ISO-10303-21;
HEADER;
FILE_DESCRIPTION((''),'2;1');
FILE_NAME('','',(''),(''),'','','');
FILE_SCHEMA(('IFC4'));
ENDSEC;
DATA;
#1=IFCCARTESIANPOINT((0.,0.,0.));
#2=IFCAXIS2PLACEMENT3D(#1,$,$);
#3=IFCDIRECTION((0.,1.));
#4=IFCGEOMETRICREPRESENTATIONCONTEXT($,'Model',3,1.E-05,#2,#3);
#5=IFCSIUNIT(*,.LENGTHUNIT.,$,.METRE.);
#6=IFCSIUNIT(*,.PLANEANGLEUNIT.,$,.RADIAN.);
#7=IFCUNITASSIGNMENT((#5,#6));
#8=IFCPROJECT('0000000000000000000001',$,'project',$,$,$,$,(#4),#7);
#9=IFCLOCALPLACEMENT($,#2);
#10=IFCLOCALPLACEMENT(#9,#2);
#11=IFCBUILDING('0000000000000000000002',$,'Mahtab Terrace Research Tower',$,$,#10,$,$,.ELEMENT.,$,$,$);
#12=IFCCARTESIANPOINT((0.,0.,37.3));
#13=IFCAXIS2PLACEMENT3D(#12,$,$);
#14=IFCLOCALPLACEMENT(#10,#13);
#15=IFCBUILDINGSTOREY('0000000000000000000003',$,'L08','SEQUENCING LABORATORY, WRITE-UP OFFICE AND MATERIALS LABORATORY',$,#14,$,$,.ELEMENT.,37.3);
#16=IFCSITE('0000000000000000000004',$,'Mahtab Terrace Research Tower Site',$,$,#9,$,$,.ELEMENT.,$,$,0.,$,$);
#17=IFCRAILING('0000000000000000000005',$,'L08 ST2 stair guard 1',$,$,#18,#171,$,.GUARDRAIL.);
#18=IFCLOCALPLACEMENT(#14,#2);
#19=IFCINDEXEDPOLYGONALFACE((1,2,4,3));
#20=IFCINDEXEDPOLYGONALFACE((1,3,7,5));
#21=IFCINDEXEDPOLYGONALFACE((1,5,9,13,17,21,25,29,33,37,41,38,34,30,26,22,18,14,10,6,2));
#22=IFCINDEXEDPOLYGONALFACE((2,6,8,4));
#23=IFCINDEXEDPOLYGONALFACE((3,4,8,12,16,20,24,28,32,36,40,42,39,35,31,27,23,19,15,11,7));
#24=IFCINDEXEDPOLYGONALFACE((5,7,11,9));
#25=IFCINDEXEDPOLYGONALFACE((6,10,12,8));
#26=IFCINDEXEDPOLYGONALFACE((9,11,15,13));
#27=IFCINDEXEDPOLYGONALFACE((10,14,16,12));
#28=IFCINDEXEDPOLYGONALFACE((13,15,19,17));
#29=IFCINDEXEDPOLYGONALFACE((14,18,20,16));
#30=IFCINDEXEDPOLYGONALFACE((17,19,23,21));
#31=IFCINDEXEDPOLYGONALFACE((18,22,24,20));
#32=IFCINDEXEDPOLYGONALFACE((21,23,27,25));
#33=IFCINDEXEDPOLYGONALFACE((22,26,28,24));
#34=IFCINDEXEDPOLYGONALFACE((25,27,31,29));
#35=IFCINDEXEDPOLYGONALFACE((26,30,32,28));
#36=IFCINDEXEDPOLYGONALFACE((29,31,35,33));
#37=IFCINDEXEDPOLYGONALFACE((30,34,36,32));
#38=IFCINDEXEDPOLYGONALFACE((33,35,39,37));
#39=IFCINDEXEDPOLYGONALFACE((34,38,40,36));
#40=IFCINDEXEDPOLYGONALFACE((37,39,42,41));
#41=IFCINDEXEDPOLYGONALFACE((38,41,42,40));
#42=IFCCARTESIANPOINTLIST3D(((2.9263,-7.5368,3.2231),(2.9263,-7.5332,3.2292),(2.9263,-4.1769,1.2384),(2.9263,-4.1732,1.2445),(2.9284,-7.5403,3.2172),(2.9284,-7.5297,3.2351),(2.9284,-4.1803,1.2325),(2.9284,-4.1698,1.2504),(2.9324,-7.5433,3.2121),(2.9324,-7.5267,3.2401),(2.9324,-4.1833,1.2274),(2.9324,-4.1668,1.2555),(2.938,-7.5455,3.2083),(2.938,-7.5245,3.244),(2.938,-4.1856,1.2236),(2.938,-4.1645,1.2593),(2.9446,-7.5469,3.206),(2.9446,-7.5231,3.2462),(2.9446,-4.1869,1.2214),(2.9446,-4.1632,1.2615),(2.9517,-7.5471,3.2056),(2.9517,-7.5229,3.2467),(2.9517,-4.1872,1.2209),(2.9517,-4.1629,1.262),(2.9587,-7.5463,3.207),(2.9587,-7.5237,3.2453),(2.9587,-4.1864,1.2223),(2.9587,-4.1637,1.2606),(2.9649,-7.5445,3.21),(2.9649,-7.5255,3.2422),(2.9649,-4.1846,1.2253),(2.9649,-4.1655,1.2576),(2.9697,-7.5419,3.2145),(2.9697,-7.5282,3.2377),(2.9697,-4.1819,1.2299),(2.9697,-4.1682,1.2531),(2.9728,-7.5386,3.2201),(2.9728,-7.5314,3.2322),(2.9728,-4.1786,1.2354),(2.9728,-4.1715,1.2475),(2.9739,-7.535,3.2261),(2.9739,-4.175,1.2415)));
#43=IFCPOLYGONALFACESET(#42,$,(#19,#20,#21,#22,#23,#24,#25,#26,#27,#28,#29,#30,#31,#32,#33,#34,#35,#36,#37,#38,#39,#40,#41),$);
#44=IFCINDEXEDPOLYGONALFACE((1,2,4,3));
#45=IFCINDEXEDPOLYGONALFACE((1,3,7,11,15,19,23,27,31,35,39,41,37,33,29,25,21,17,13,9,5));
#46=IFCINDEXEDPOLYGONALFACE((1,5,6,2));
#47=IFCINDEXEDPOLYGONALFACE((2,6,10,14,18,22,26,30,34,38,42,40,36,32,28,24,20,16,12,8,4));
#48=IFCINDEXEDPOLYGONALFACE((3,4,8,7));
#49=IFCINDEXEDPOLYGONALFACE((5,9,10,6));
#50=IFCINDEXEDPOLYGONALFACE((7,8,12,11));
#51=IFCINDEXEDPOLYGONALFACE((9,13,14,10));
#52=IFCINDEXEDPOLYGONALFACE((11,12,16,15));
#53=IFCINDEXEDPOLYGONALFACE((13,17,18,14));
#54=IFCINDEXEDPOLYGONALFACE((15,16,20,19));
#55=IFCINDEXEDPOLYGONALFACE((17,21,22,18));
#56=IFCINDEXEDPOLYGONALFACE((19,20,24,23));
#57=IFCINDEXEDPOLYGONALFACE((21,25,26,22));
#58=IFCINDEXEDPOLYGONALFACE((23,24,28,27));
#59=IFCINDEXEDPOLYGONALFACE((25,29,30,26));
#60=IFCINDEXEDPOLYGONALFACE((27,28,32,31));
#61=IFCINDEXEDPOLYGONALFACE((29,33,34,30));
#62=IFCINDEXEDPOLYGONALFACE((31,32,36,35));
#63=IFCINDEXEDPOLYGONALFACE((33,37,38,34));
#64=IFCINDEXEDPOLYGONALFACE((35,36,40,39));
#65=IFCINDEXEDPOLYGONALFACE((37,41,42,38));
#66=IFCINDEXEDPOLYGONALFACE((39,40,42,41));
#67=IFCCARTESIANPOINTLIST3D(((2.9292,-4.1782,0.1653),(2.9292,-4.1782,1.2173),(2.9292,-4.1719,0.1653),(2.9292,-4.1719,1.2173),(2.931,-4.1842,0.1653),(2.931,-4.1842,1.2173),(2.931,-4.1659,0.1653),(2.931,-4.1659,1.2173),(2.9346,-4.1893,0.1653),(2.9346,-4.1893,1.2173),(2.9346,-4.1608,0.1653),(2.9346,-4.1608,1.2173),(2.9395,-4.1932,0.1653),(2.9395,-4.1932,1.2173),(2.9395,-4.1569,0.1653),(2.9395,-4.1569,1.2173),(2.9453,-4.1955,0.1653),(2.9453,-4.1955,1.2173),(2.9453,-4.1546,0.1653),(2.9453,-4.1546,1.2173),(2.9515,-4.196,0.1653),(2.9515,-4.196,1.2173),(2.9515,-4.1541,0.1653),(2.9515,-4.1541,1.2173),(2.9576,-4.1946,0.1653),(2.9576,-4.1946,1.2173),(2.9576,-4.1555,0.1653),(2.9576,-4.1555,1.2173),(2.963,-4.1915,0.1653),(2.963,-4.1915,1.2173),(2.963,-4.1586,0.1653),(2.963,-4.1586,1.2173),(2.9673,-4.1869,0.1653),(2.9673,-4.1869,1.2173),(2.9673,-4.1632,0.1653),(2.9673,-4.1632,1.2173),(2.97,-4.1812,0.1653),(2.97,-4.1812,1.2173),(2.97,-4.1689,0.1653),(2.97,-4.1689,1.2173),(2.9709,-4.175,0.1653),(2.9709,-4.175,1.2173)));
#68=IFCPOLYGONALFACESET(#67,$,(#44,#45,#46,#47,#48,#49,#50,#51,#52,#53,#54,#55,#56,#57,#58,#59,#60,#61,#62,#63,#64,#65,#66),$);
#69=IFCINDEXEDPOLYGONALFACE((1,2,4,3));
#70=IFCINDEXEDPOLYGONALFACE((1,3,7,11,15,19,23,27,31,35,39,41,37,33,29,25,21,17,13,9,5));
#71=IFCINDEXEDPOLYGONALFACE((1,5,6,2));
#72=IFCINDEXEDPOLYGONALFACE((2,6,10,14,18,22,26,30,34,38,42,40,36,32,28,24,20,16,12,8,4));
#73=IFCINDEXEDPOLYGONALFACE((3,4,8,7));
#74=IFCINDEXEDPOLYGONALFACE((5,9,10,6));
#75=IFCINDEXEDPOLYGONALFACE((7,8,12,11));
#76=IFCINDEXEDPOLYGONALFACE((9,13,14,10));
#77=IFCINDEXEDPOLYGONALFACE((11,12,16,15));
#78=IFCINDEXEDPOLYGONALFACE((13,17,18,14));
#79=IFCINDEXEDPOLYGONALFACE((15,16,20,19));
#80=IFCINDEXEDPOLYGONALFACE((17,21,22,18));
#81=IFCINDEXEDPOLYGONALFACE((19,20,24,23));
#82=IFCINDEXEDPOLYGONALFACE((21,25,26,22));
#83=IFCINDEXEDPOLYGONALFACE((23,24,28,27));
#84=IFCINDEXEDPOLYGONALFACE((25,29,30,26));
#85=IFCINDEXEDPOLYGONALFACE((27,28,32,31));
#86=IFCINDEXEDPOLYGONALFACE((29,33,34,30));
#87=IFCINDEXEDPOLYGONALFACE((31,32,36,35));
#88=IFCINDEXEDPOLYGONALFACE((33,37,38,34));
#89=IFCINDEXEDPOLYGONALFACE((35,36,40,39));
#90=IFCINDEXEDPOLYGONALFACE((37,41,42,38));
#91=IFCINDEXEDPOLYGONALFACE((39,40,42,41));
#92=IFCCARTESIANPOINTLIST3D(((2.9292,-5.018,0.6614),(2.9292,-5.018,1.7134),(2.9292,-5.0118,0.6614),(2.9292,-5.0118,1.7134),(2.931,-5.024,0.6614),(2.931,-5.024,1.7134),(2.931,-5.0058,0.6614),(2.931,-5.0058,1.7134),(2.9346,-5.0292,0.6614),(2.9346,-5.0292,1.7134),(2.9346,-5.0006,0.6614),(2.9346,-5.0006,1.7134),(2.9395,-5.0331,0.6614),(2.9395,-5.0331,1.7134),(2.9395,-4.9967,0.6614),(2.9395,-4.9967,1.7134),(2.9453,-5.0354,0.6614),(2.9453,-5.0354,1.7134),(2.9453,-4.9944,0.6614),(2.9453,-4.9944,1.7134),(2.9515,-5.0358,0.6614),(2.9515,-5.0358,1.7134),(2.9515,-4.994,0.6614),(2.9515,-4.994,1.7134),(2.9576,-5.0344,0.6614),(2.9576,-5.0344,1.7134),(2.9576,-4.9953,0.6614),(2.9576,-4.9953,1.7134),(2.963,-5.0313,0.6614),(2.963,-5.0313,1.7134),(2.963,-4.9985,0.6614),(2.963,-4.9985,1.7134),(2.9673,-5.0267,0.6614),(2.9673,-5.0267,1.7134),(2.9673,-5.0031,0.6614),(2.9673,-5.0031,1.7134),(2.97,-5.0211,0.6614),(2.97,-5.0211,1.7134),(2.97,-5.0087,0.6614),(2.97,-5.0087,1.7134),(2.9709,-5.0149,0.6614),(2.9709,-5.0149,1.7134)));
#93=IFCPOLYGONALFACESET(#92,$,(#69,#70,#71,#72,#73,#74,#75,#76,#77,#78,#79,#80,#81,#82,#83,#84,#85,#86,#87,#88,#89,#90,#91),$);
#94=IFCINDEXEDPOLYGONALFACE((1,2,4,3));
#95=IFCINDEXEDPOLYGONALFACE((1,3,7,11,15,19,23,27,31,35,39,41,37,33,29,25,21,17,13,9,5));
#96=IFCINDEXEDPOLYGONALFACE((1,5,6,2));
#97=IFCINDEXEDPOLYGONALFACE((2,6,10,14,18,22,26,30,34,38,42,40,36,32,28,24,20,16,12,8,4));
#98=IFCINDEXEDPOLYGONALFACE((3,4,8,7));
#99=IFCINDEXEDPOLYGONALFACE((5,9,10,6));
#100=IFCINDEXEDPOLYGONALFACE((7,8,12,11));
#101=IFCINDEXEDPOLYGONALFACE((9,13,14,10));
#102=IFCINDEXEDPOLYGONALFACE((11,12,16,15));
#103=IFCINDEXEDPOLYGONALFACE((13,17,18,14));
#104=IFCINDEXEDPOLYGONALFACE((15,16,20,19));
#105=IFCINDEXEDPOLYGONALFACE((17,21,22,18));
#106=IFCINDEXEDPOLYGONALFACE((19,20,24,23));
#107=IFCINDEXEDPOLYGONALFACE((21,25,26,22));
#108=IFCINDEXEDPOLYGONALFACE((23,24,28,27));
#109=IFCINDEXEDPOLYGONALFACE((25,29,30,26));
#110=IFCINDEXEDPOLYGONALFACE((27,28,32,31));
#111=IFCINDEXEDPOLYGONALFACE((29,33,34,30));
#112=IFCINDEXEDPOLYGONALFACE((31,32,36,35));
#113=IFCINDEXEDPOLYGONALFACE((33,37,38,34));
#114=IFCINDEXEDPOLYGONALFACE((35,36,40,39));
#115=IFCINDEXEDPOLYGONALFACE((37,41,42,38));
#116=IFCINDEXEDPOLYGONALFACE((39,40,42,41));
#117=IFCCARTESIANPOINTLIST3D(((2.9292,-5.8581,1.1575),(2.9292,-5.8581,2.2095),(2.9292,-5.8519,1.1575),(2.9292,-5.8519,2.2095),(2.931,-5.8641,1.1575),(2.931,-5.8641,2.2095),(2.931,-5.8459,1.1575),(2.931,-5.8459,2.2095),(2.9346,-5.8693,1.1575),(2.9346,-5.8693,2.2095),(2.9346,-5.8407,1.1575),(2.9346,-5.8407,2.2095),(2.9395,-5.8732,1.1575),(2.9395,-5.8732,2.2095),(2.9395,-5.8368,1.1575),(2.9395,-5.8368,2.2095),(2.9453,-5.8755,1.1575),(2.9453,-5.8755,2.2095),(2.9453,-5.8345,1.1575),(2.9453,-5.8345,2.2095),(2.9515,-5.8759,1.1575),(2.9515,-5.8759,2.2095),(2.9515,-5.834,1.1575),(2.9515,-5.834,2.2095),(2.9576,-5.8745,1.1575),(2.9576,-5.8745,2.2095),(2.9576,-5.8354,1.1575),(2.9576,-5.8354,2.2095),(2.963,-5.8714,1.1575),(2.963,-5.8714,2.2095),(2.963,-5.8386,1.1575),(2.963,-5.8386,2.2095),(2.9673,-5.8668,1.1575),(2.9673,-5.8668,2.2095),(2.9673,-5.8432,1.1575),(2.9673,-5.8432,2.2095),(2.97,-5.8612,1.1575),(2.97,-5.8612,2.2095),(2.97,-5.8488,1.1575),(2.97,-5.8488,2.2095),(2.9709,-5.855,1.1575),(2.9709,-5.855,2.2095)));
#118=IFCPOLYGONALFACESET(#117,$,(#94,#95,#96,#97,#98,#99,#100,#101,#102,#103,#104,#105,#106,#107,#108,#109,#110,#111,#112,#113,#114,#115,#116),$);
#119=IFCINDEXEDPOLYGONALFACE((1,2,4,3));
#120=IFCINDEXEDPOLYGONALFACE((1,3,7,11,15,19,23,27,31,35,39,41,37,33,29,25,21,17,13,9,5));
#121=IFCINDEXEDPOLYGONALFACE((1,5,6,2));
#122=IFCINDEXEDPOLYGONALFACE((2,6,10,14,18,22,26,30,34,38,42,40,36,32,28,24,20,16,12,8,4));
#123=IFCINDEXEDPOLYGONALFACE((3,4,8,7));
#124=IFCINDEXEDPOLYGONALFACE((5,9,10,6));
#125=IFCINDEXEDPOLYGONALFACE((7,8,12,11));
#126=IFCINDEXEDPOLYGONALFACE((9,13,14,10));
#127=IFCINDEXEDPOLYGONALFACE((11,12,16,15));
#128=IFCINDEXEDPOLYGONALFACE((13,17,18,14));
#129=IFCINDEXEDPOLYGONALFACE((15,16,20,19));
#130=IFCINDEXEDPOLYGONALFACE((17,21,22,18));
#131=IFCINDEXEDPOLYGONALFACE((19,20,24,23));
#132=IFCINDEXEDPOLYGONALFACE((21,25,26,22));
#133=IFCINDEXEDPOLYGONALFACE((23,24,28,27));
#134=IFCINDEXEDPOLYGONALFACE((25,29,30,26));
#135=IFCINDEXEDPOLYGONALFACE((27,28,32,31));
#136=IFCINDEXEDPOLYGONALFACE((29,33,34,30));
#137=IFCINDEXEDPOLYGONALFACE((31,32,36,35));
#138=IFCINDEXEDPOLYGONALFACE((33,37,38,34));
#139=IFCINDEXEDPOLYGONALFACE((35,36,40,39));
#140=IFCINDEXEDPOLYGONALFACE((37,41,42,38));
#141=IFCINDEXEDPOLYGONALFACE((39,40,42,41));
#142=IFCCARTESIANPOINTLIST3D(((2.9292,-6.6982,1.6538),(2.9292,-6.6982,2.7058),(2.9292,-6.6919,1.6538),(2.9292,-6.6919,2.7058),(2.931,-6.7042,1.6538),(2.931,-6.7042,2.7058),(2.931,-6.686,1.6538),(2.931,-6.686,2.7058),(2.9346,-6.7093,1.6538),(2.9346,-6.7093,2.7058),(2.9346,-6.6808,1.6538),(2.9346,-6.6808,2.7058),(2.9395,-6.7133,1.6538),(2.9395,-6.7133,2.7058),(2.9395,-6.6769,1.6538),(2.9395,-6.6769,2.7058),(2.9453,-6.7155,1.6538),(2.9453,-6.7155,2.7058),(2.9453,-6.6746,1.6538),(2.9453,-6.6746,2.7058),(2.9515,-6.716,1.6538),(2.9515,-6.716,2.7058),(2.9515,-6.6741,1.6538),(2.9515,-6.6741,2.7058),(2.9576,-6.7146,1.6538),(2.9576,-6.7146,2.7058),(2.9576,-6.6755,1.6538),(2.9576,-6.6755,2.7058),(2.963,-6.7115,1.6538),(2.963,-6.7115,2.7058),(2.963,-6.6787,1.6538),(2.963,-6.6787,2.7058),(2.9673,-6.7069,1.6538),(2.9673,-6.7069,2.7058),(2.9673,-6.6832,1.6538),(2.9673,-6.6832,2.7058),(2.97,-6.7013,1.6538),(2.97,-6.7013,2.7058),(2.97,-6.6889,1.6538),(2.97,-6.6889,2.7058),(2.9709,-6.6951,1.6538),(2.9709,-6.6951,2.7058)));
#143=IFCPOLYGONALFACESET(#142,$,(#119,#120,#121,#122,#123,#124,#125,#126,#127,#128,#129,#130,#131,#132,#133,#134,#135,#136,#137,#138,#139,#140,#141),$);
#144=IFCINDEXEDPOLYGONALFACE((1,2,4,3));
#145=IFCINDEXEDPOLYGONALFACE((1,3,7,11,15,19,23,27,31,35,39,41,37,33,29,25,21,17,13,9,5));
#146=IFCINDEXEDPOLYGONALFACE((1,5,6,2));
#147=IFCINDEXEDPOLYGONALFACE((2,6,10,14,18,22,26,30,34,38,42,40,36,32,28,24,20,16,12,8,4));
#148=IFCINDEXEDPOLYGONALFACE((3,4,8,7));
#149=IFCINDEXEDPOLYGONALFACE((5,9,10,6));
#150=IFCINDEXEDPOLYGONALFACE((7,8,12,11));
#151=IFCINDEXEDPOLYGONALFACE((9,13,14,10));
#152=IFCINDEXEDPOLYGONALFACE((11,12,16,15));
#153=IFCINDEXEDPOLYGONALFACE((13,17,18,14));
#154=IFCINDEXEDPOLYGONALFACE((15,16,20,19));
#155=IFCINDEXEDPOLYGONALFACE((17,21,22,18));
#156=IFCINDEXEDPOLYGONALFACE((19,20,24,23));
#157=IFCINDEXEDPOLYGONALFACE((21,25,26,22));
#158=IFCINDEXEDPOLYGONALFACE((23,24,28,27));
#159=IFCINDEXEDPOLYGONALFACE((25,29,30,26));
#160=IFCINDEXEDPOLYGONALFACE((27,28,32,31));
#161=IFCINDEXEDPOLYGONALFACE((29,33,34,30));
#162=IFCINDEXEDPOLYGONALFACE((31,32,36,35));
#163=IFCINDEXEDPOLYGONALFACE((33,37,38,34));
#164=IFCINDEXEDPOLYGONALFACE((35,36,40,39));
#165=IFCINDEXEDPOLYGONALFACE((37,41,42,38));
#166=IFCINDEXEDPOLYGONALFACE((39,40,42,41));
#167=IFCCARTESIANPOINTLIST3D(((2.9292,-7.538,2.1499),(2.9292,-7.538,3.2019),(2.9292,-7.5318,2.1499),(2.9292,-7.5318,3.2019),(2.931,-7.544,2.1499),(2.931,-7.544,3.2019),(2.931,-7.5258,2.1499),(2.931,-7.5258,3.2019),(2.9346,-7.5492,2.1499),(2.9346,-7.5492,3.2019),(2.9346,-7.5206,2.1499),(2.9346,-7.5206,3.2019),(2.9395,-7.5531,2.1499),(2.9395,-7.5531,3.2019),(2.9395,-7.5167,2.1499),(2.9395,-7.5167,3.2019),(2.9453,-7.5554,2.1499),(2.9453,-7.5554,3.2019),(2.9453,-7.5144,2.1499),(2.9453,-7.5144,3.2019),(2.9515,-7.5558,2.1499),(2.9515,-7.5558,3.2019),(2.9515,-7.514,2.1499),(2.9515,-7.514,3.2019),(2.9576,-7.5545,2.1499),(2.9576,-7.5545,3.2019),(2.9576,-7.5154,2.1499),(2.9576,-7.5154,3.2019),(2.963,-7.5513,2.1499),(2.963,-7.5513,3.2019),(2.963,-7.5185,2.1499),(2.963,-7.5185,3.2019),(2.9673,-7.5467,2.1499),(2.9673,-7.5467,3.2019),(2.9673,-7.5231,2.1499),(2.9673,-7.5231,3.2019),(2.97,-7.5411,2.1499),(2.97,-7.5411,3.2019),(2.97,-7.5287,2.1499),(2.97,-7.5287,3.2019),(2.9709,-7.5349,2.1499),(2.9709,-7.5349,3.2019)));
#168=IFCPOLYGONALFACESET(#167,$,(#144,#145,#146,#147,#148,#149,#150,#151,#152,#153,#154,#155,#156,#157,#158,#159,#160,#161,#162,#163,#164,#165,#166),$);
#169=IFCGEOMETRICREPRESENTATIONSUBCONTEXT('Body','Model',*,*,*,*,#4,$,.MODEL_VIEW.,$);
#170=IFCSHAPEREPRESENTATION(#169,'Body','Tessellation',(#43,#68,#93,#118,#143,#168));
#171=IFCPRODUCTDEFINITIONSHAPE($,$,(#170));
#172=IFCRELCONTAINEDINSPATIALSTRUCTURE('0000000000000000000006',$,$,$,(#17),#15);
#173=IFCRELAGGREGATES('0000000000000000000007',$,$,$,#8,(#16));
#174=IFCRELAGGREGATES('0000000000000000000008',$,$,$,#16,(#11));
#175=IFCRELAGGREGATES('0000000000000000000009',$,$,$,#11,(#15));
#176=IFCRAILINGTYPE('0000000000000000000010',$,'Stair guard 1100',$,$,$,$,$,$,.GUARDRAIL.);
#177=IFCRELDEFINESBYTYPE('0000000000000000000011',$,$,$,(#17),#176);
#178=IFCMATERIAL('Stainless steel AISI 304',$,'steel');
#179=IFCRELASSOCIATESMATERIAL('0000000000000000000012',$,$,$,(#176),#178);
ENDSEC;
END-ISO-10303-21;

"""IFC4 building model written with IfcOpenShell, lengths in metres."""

from ifc_helpers import new_model, si_unit, direction, frame, origin, origin_2d, place, context, subcontext, project, spatial, circle, extrude, material, type_object, element, save


model = new_model("IFC4")

# Units and contexts
model_context = context("Model", 3, precision=1e-05, world=origin(), true_north=direction((0.0, 1.0)))
body_context = subcontext(model_context, "Body", "Model", "MODEL_VIEW")
ifc_project = project(units=[si_unit("LENGTHUNIT", "METRE"), si_unit("PLANEANGLEUNIT", "RADIAN")], contexts=[model_context])

# Site, building, storey
site_placement = place(None, origin())
site = spatial("IfcSite", under=ifc_project, at=site_placement, Name="Mahtab Terrace Research Tower Site", CompositionType="ELEMENT", RefElevation=0.0)
building_placement = place(site_placement, origin())
building = spatial("IfcBuilding", under=site, at=building_placement, Name="Mahtab Terrace Research Tower", CompositionType="ELEMENT")
storey_placement = place(building_placement, frame((0.0, 0.0, 37.3)))
storey = spatial("IfcBuildingStorey", under=building, at=storey_placement, Name="L08", Description="SEQUENCING LABORATORY, WRITE-UP OFFICE AND MATERIALS LABORATORY", CompositionType="ELEMENT", Elevation=37.3)

# Railing
ifc_material_1 = material(Name="Stainless steel AISI 304", Category="steel")
railing_type_1 = type_object("IfcRailingType", Name="Stair guard 1100", PredefinedType="GUARDRAIL", material=ifc_material_1)
railing_1_placement = place(storey_placement, frame((2.95, -4.175, 0.1653)))
element("IfcRailing", 1, at=railing_1_placement, inside=storey, type_object=railing_type_1, Name="L08 ST2 stair guard 1", PredefinedType="GUARDRAIL", context=body_context, shape_type="SweptSolid", body=[
    extrude(circle(Radius=0.0239, at=origin_2d()), frame((0.0, 0.0, 1.0762), z_axis=(0.0, -0.861011, 0.508586), x_axis=(1.0, 0.0, 0.0)), (0.0, 0.0, 1.0), 3.9023),
    extrude(circle(Radius=0.021, at=origin_2d()), origin(), (0.0, 0.0, 1.0), 1.052),
    extrude(circle(Radius=0.021, at=origin_2d()), frame((0.0, -0.8398, 0.4961)), (0.0, 0.0, 1.0), 1.052),
    extrude(circle(Radius=0.021, at=origin_2d()), frame((0.0, -1.6799, 0.9922)), (0.0, 0.0, 1.0), 1.052),
    extrude(circle(Radius=0.021, at=origin_2d()), frame((0.0, -2.52, 1.4885)), (0.0, 0.0, 1.0), 1.052),
    extrude(circle(Radius=0.021, at=origin_2d()), frame((0.0, -3.3599, 1.9846)), (0.0, 0.0, 1.0), 1.052),
])

save(model, "model.ifc")
